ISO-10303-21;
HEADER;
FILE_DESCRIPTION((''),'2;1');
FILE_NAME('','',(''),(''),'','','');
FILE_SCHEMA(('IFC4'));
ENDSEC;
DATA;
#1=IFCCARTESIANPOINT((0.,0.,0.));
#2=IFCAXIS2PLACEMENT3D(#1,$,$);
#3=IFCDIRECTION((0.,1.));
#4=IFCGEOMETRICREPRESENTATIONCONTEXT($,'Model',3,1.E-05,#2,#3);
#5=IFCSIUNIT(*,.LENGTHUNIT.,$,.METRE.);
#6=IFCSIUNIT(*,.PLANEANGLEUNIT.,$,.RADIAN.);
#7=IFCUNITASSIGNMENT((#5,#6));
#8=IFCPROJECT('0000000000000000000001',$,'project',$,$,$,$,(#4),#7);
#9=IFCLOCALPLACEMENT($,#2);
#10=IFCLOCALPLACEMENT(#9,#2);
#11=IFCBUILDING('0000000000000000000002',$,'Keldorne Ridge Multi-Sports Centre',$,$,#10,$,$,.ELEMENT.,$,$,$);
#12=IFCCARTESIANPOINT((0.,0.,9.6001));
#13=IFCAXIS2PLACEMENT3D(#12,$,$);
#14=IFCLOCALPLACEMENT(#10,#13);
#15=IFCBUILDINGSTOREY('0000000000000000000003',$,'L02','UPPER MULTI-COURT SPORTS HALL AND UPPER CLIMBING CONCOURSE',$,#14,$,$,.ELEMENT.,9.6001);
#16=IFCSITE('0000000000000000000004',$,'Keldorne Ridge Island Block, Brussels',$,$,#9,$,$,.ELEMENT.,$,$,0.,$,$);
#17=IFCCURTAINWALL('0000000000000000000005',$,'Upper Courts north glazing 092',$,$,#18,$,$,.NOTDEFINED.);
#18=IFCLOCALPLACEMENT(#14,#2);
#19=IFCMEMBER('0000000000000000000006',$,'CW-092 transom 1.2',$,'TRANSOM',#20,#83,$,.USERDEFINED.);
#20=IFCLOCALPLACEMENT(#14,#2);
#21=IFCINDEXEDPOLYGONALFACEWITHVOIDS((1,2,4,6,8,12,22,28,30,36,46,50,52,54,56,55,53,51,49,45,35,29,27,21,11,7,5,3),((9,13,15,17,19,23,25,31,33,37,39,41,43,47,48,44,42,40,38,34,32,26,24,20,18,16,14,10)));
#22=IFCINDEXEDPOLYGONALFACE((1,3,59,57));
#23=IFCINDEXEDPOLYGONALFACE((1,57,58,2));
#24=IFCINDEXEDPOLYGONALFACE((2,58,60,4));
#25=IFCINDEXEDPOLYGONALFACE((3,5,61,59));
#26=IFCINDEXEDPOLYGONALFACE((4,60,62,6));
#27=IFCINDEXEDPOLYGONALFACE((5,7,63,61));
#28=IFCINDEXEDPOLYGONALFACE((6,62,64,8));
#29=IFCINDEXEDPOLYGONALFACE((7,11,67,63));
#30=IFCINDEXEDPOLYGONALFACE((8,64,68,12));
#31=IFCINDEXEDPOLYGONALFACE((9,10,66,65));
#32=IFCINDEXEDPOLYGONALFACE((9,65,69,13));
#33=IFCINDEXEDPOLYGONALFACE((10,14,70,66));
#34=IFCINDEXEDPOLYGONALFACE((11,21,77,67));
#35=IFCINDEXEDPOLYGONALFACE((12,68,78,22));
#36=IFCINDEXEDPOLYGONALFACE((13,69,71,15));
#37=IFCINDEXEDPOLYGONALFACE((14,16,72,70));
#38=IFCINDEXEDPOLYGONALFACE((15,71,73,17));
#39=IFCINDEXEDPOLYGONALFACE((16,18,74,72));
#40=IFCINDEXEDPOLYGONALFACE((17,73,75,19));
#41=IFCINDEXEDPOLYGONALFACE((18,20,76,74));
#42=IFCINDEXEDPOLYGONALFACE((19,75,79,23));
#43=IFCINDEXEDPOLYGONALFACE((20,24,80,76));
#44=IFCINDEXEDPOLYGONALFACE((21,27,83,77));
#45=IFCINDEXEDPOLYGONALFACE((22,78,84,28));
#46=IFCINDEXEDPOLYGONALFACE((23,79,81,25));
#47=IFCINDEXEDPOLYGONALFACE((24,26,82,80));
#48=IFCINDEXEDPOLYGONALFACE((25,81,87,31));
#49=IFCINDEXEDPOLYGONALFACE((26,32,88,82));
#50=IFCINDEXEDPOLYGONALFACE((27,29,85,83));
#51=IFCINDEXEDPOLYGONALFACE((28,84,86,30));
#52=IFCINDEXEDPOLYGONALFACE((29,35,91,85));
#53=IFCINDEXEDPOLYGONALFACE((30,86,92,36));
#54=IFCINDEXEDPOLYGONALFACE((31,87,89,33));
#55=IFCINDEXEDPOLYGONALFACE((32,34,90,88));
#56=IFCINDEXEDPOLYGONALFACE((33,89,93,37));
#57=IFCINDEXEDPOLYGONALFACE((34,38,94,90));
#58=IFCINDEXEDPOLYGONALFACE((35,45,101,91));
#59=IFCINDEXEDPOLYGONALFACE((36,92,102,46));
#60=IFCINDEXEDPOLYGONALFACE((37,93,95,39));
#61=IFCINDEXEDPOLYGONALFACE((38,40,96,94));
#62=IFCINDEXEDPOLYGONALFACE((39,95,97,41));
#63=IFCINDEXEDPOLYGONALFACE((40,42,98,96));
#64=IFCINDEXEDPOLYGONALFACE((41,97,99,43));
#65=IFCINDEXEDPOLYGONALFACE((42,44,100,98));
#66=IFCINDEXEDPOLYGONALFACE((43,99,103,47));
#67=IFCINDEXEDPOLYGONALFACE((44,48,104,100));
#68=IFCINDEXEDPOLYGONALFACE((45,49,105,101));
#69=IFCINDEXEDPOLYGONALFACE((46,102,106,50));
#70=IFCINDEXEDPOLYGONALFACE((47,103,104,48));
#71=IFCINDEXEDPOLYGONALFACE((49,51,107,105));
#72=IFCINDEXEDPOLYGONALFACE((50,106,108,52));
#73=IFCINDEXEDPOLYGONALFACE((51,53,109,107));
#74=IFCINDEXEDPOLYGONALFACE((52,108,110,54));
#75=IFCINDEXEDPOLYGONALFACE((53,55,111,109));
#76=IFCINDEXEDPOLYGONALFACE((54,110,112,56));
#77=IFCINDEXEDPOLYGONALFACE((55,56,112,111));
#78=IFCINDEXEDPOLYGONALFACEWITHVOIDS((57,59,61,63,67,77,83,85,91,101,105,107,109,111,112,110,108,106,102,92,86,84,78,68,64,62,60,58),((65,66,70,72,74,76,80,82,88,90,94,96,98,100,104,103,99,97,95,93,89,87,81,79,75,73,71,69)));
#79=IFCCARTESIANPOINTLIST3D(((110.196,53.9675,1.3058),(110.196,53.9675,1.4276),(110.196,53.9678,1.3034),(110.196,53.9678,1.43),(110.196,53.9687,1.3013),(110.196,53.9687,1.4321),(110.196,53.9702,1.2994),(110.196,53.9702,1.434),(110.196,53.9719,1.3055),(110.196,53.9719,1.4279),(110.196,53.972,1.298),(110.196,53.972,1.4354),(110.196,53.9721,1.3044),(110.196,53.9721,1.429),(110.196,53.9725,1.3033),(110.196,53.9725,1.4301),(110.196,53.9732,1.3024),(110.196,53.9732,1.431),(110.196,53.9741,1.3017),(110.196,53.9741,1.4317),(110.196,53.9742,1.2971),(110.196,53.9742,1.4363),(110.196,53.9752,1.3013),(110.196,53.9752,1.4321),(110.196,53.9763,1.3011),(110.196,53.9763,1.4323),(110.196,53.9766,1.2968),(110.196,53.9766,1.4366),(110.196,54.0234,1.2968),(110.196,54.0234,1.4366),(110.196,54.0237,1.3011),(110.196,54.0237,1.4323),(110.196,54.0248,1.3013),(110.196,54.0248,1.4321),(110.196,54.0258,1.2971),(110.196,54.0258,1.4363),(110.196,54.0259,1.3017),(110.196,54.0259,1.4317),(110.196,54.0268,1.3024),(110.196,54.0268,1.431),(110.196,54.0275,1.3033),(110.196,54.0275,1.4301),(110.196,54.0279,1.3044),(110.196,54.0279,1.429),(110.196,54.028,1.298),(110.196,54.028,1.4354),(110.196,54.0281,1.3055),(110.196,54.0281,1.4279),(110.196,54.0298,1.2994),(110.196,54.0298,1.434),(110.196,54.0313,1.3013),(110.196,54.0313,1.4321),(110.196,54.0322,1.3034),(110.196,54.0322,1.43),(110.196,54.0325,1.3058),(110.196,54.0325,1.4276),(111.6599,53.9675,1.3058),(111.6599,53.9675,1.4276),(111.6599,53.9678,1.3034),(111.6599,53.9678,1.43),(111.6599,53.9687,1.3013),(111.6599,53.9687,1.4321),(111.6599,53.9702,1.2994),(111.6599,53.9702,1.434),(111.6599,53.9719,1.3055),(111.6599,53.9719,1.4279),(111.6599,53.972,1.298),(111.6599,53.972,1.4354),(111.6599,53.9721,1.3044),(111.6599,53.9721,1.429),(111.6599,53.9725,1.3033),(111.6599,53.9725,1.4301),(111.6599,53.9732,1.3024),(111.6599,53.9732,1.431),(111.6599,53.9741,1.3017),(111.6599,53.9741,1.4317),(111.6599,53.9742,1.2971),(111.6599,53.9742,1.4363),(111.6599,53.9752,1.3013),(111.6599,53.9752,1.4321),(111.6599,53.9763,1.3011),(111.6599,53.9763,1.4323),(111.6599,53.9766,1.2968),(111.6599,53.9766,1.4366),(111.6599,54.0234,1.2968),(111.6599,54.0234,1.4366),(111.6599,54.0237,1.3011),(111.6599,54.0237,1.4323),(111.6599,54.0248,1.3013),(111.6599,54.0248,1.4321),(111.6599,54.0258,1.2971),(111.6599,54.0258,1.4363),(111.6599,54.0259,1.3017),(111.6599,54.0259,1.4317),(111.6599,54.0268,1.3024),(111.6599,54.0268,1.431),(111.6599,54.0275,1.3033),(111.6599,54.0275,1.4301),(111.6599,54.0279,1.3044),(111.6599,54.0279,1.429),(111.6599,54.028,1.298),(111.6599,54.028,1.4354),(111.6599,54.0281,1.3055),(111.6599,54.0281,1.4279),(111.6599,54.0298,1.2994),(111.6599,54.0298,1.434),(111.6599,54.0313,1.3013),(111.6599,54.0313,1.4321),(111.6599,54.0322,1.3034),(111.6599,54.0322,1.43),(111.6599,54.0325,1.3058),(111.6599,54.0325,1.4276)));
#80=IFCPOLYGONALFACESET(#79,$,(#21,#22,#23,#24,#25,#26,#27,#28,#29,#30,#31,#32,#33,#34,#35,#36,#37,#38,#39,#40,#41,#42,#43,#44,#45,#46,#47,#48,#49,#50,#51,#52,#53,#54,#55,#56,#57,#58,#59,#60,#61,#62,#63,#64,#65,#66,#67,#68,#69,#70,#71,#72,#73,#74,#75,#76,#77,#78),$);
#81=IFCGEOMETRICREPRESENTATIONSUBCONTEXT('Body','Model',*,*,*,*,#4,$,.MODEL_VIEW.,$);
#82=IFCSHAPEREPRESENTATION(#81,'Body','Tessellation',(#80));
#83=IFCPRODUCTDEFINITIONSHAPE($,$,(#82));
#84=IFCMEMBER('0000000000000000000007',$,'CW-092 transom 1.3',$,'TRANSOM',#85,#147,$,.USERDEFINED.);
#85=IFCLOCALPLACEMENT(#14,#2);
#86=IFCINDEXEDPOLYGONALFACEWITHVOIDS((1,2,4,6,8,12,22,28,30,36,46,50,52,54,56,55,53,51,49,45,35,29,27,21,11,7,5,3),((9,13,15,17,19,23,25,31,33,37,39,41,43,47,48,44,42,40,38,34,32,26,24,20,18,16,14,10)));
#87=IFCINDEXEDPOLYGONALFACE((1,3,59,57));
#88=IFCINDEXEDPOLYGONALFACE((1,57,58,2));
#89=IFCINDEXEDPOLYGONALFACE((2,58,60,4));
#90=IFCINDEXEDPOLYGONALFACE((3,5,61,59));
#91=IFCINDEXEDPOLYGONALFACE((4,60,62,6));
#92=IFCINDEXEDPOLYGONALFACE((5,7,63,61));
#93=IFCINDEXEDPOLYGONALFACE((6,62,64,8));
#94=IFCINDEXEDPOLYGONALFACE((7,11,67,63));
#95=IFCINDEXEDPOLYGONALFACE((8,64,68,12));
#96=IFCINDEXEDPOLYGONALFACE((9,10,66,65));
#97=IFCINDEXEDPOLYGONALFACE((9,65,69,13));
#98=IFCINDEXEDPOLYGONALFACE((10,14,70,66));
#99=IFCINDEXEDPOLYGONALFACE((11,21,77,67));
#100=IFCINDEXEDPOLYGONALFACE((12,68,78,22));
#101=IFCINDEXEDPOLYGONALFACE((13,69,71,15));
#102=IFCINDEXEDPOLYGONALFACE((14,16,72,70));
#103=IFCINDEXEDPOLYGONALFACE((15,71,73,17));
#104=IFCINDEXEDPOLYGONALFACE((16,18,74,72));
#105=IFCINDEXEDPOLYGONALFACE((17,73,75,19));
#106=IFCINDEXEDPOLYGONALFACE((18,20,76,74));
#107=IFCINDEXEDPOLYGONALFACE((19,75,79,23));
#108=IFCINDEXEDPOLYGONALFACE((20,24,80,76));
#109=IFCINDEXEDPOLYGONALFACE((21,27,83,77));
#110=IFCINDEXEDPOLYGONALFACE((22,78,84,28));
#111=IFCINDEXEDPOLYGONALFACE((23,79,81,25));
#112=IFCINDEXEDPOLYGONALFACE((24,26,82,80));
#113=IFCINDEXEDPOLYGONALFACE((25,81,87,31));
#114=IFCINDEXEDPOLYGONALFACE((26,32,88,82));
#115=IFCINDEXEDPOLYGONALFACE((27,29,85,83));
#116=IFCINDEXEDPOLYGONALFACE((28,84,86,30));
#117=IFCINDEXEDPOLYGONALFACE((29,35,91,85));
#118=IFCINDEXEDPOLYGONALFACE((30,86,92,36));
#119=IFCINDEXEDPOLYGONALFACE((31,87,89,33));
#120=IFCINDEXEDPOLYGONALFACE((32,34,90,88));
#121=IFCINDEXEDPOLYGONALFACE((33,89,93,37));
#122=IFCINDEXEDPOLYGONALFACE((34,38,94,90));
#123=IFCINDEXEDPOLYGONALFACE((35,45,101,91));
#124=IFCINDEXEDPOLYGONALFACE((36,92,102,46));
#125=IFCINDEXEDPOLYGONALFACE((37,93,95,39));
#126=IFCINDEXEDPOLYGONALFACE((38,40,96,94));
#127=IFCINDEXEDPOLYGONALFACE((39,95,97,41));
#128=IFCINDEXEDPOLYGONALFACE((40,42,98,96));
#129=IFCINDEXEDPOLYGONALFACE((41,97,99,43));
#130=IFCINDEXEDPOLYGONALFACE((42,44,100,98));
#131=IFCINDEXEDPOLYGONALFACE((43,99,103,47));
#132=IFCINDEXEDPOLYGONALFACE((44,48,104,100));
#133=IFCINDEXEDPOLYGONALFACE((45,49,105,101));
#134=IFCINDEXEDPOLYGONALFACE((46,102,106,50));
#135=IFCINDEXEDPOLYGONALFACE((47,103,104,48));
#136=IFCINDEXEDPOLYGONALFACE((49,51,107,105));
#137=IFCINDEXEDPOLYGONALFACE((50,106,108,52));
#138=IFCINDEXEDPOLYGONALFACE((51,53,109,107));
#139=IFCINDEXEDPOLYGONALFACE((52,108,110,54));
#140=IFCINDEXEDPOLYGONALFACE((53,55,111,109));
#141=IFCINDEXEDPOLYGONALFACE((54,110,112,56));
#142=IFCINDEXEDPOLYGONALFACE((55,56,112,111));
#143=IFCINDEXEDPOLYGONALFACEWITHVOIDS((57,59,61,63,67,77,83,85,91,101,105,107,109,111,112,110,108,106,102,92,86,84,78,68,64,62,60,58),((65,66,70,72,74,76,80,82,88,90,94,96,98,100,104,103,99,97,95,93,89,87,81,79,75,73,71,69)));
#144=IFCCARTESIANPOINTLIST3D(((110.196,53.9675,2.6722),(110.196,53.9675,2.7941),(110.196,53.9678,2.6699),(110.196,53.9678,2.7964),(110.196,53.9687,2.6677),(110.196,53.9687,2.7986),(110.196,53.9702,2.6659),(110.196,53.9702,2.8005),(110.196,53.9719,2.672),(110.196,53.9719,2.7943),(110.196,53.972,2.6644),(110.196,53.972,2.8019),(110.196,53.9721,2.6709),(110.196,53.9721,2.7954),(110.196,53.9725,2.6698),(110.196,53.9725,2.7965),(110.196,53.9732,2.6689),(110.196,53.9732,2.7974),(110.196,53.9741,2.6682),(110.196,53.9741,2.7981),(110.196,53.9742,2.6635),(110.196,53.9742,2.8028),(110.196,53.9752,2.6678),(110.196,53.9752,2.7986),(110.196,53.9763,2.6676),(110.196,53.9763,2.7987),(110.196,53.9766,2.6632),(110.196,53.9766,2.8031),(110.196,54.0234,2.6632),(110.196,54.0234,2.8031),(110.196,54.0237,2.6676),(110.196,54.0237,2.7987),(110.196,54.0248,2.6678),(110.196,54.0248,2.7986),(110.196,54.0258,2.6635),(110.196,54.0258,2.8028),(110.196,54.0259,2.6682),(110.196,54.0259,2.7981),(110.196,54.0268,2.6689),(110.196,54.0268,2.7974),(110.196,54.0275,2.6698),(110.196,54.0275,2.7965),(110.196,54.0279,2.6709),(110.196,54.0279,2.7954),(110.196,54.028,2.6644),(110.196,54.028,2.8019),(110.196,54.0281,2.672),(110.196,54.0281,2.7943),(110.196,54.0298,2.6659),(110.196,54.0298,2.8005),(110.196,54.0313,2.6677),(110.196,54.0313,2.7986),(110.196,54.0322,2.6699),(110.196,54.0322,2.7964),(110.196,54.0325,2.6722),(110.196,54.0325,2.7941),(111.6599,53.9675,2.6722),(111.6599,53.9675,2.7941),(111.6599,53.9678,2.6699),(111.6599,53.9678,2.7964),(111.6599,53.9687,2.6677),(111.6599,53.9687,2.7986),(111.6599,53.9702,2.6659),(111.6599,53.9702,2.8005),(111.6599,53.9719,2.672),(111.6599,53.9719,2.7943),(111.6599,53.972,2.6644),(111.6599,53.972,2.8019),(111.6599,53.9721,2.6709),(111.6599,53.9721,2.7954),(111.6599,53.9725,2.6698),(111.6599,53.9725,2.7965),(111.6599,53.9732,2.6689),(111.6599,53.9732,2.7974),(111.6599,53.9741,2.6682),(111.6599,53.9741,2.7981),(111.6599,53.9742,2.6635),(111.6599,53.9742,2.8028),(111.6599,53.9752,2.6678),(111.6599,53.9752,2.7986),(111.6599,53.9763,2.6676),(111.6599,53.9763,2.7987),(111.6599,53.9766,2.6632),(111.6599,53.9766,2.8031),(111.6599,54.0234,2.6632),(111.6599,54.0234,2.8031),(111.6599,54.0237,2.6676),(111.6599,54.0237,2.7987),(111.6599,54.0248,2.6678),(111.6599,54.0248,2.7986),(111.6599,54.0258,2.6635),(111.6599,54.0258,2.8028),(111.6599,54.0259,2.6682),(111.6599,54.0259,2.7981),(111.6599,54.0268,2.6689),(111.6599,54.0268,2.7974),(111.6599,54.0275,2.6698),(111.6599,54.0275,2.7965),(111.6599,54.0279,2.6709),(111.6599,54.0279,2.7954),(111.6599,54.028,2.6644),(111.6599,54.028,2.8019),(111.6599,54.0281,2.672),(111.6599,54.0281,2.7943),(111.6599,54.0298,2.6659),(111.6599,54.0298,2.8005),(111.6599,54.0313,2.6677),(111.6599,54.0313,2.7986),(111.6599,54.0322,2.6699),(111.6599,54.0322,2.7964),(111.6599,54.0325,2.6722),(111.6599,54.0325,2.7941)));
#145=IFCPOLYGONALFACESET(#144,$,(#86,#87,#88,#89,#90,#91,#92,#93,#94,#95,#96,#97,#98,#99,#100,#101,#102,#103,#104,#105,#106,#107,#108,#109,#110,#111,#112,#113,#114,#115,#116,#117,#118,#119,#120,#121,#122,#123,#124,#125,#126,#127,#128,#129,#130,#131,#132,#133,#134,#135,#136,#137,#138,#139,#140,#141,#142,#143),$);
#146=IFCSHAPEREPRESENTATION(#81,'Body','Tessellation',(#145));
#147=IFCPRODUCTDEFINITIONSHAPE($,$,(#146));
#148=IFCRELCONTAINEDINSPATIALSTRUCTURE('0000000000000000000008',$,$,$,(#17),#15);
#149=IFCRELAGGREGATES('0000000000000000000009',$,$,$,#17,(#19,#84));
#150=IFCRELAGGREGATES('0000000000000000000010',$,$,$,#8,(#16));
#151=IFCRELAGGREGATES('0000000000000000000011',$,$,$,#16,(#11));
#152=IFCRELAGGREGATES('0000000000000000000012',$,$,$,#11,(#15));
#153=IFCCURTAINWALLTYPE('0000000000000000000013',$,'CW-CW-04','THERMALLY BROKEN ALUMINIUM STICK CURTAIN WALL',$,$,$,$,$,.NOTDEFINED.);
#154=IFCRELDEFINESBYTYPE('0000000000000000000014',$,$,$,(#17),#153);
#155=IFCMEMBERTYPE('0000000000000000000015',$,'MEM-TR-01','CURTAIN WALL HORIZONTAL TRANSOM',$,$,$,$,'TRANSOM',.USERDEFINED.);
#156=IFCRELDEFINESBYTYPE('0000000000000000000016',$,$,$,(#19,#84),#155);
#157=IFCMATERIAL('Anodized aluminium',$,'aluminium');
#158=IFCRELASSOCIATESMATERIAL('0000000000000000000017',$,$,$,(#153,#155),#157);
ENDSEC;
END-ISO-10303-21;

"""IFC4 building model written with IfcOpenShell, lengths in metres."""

from ifc_helpers import new_model, si_unit, direction, frame, origin, origin_2d, place, context, subcontext, project, spatial, hollow_rectangle, extrude, material, material_profile, profile_set, type_object, element, aggregate, save


model = new_model("IFC4")

# Units and contexts
model_context = context("Model", 3, precision=1e-05, world=origin(), true_north=direction((0.0, 1.0)))
body_context = subcontext(model_context, "Body", "Model", "MODEL_VIEW")
ifc_project = project(units=[si_unit("LENGTHUNIT", "METRE"), si_unit("PLANEANGLEUNIT", "RADIAN")], contexts=[model_context])

# Site, building, storey
site_placement = place(None, origin())
site = spatial("IfcSite", under=ifc_project, at=site_placement, Name="Keldorne Ridge Island Block, Brussels", CompositionType="ELEMENT", RefElevation=0.0)
building_placement = place(site_placement, origin())
building = spatial("IfcBuilding", under=site, at=building_placement, Name="Keldorne Ridge Multi-Sports Centre", CompositionType="ELEMENT")
storey_placement = place(building_placement, frame((0.0, 0.0, 9.6001)))
storey = spatial("IfcBuildingStorey", under=building, at=storey_placement, Name="L02", Description="UPPER MULTI-COURT SPORTS HALL AND UPPER CLIMBING CONCOURSE", CompositionType="ELEMENT", Elevation=9.6001)

# Curtain wall
ifc_material_1 = material(Name="Anodized aluminium", Category="aluminium")
curtain_wall_type_1 = type_object("IfcCurtainWallType", Name="CW-CW-04", Description="THERMALLY BROKEN ALUMINIUM STICK CURTAIN WALL", PredefinedType="NOTDEFINED", material=ifc_material_1)
curtain_wall_1_placement = place(storey_placement, origin())
curtain_wall_1 = element("IfcCurtainWall", 1, at=curtain_wall_1_placement, inside=storey, type_object=curtain_wall_type_1, Name="Upper Courts north glazing 092", PredefinedType="NOTDEFINED")

# Members
ifc_material_profile_1 = material_profile(ifc_material_1, hollow_rectangle(XDim=0.0649, YDim=0.1399, WallThickness=0.0044, InnerFilletRadius=0.0044, OuterFilletRadius=0.009, at=origin_2d()), Name="ALU TRANSOM 140x65x4.5")
ifc_profile_set_1 = profile_set([ifc_material_profile_1], Name="Anodized aluminium")
member_type_1 = type_object("IfcMemberType", Name="MEM-TR-01", Description="CURTAIN WALL HORIZONTAL TRANSOM", ElementType="TRANSOM", PredefinedType="USERDEFINED", material=ifc_profile_set_1)
member_1_placement = place(storey_placement, frame((111.6599, 54.0, 1.3667), z_axis=(-1.0, 0.0, 0.0), x_axis=(0.0, -1.0, 0.0)))
member_1 = element("IfcMember", 2, at=member_1_placement, type_object=member_type_1, Name="CW-092 transom 1.2", ObjectType="TRANSOM", PredefinedType="USERDEFINED", context=body_context, shape_type="SweptSolid", body=[
    extrude(hollow_rectangle(XDim=0.0649, YDim=0.1399, WallThickness=0.0044, InnerFilletRadius=0.0044, OuterFilletRadius=0.009, at=origin_2d()), origin(), (0.0, 0.0, 1.0), 1.4639),
])
member_2_placement = place(storey_placement, frame((111.6599, 54.0, 2.7332), z_axis=(-1.0, 0.0, 0.0), x_axis=(0.0, -1.0, 0.0)))
member_2 = element("IfcMember", 3, at=member_2_placement, type_object=member_type_1, Name="CW-092 transom 1.3", ObjectType="TRANSOM", PredefinedType="USERDEFINED", context=body_context, shape_type="SweptSolid", body=[
    extrude(hollow_rectangle(XDim=0.0649, YDim=0.1399, WallThickness=0.0044, InnerFilletRadius=0.0044, OuterFilletRadius=0.009, at=origin_2d()), origin(), (0.0, 0.0, 1.0), 1.4639),
])

aggregate(curtain_wall_1, [member_1, member_2])

save(model, "model.ifc")
